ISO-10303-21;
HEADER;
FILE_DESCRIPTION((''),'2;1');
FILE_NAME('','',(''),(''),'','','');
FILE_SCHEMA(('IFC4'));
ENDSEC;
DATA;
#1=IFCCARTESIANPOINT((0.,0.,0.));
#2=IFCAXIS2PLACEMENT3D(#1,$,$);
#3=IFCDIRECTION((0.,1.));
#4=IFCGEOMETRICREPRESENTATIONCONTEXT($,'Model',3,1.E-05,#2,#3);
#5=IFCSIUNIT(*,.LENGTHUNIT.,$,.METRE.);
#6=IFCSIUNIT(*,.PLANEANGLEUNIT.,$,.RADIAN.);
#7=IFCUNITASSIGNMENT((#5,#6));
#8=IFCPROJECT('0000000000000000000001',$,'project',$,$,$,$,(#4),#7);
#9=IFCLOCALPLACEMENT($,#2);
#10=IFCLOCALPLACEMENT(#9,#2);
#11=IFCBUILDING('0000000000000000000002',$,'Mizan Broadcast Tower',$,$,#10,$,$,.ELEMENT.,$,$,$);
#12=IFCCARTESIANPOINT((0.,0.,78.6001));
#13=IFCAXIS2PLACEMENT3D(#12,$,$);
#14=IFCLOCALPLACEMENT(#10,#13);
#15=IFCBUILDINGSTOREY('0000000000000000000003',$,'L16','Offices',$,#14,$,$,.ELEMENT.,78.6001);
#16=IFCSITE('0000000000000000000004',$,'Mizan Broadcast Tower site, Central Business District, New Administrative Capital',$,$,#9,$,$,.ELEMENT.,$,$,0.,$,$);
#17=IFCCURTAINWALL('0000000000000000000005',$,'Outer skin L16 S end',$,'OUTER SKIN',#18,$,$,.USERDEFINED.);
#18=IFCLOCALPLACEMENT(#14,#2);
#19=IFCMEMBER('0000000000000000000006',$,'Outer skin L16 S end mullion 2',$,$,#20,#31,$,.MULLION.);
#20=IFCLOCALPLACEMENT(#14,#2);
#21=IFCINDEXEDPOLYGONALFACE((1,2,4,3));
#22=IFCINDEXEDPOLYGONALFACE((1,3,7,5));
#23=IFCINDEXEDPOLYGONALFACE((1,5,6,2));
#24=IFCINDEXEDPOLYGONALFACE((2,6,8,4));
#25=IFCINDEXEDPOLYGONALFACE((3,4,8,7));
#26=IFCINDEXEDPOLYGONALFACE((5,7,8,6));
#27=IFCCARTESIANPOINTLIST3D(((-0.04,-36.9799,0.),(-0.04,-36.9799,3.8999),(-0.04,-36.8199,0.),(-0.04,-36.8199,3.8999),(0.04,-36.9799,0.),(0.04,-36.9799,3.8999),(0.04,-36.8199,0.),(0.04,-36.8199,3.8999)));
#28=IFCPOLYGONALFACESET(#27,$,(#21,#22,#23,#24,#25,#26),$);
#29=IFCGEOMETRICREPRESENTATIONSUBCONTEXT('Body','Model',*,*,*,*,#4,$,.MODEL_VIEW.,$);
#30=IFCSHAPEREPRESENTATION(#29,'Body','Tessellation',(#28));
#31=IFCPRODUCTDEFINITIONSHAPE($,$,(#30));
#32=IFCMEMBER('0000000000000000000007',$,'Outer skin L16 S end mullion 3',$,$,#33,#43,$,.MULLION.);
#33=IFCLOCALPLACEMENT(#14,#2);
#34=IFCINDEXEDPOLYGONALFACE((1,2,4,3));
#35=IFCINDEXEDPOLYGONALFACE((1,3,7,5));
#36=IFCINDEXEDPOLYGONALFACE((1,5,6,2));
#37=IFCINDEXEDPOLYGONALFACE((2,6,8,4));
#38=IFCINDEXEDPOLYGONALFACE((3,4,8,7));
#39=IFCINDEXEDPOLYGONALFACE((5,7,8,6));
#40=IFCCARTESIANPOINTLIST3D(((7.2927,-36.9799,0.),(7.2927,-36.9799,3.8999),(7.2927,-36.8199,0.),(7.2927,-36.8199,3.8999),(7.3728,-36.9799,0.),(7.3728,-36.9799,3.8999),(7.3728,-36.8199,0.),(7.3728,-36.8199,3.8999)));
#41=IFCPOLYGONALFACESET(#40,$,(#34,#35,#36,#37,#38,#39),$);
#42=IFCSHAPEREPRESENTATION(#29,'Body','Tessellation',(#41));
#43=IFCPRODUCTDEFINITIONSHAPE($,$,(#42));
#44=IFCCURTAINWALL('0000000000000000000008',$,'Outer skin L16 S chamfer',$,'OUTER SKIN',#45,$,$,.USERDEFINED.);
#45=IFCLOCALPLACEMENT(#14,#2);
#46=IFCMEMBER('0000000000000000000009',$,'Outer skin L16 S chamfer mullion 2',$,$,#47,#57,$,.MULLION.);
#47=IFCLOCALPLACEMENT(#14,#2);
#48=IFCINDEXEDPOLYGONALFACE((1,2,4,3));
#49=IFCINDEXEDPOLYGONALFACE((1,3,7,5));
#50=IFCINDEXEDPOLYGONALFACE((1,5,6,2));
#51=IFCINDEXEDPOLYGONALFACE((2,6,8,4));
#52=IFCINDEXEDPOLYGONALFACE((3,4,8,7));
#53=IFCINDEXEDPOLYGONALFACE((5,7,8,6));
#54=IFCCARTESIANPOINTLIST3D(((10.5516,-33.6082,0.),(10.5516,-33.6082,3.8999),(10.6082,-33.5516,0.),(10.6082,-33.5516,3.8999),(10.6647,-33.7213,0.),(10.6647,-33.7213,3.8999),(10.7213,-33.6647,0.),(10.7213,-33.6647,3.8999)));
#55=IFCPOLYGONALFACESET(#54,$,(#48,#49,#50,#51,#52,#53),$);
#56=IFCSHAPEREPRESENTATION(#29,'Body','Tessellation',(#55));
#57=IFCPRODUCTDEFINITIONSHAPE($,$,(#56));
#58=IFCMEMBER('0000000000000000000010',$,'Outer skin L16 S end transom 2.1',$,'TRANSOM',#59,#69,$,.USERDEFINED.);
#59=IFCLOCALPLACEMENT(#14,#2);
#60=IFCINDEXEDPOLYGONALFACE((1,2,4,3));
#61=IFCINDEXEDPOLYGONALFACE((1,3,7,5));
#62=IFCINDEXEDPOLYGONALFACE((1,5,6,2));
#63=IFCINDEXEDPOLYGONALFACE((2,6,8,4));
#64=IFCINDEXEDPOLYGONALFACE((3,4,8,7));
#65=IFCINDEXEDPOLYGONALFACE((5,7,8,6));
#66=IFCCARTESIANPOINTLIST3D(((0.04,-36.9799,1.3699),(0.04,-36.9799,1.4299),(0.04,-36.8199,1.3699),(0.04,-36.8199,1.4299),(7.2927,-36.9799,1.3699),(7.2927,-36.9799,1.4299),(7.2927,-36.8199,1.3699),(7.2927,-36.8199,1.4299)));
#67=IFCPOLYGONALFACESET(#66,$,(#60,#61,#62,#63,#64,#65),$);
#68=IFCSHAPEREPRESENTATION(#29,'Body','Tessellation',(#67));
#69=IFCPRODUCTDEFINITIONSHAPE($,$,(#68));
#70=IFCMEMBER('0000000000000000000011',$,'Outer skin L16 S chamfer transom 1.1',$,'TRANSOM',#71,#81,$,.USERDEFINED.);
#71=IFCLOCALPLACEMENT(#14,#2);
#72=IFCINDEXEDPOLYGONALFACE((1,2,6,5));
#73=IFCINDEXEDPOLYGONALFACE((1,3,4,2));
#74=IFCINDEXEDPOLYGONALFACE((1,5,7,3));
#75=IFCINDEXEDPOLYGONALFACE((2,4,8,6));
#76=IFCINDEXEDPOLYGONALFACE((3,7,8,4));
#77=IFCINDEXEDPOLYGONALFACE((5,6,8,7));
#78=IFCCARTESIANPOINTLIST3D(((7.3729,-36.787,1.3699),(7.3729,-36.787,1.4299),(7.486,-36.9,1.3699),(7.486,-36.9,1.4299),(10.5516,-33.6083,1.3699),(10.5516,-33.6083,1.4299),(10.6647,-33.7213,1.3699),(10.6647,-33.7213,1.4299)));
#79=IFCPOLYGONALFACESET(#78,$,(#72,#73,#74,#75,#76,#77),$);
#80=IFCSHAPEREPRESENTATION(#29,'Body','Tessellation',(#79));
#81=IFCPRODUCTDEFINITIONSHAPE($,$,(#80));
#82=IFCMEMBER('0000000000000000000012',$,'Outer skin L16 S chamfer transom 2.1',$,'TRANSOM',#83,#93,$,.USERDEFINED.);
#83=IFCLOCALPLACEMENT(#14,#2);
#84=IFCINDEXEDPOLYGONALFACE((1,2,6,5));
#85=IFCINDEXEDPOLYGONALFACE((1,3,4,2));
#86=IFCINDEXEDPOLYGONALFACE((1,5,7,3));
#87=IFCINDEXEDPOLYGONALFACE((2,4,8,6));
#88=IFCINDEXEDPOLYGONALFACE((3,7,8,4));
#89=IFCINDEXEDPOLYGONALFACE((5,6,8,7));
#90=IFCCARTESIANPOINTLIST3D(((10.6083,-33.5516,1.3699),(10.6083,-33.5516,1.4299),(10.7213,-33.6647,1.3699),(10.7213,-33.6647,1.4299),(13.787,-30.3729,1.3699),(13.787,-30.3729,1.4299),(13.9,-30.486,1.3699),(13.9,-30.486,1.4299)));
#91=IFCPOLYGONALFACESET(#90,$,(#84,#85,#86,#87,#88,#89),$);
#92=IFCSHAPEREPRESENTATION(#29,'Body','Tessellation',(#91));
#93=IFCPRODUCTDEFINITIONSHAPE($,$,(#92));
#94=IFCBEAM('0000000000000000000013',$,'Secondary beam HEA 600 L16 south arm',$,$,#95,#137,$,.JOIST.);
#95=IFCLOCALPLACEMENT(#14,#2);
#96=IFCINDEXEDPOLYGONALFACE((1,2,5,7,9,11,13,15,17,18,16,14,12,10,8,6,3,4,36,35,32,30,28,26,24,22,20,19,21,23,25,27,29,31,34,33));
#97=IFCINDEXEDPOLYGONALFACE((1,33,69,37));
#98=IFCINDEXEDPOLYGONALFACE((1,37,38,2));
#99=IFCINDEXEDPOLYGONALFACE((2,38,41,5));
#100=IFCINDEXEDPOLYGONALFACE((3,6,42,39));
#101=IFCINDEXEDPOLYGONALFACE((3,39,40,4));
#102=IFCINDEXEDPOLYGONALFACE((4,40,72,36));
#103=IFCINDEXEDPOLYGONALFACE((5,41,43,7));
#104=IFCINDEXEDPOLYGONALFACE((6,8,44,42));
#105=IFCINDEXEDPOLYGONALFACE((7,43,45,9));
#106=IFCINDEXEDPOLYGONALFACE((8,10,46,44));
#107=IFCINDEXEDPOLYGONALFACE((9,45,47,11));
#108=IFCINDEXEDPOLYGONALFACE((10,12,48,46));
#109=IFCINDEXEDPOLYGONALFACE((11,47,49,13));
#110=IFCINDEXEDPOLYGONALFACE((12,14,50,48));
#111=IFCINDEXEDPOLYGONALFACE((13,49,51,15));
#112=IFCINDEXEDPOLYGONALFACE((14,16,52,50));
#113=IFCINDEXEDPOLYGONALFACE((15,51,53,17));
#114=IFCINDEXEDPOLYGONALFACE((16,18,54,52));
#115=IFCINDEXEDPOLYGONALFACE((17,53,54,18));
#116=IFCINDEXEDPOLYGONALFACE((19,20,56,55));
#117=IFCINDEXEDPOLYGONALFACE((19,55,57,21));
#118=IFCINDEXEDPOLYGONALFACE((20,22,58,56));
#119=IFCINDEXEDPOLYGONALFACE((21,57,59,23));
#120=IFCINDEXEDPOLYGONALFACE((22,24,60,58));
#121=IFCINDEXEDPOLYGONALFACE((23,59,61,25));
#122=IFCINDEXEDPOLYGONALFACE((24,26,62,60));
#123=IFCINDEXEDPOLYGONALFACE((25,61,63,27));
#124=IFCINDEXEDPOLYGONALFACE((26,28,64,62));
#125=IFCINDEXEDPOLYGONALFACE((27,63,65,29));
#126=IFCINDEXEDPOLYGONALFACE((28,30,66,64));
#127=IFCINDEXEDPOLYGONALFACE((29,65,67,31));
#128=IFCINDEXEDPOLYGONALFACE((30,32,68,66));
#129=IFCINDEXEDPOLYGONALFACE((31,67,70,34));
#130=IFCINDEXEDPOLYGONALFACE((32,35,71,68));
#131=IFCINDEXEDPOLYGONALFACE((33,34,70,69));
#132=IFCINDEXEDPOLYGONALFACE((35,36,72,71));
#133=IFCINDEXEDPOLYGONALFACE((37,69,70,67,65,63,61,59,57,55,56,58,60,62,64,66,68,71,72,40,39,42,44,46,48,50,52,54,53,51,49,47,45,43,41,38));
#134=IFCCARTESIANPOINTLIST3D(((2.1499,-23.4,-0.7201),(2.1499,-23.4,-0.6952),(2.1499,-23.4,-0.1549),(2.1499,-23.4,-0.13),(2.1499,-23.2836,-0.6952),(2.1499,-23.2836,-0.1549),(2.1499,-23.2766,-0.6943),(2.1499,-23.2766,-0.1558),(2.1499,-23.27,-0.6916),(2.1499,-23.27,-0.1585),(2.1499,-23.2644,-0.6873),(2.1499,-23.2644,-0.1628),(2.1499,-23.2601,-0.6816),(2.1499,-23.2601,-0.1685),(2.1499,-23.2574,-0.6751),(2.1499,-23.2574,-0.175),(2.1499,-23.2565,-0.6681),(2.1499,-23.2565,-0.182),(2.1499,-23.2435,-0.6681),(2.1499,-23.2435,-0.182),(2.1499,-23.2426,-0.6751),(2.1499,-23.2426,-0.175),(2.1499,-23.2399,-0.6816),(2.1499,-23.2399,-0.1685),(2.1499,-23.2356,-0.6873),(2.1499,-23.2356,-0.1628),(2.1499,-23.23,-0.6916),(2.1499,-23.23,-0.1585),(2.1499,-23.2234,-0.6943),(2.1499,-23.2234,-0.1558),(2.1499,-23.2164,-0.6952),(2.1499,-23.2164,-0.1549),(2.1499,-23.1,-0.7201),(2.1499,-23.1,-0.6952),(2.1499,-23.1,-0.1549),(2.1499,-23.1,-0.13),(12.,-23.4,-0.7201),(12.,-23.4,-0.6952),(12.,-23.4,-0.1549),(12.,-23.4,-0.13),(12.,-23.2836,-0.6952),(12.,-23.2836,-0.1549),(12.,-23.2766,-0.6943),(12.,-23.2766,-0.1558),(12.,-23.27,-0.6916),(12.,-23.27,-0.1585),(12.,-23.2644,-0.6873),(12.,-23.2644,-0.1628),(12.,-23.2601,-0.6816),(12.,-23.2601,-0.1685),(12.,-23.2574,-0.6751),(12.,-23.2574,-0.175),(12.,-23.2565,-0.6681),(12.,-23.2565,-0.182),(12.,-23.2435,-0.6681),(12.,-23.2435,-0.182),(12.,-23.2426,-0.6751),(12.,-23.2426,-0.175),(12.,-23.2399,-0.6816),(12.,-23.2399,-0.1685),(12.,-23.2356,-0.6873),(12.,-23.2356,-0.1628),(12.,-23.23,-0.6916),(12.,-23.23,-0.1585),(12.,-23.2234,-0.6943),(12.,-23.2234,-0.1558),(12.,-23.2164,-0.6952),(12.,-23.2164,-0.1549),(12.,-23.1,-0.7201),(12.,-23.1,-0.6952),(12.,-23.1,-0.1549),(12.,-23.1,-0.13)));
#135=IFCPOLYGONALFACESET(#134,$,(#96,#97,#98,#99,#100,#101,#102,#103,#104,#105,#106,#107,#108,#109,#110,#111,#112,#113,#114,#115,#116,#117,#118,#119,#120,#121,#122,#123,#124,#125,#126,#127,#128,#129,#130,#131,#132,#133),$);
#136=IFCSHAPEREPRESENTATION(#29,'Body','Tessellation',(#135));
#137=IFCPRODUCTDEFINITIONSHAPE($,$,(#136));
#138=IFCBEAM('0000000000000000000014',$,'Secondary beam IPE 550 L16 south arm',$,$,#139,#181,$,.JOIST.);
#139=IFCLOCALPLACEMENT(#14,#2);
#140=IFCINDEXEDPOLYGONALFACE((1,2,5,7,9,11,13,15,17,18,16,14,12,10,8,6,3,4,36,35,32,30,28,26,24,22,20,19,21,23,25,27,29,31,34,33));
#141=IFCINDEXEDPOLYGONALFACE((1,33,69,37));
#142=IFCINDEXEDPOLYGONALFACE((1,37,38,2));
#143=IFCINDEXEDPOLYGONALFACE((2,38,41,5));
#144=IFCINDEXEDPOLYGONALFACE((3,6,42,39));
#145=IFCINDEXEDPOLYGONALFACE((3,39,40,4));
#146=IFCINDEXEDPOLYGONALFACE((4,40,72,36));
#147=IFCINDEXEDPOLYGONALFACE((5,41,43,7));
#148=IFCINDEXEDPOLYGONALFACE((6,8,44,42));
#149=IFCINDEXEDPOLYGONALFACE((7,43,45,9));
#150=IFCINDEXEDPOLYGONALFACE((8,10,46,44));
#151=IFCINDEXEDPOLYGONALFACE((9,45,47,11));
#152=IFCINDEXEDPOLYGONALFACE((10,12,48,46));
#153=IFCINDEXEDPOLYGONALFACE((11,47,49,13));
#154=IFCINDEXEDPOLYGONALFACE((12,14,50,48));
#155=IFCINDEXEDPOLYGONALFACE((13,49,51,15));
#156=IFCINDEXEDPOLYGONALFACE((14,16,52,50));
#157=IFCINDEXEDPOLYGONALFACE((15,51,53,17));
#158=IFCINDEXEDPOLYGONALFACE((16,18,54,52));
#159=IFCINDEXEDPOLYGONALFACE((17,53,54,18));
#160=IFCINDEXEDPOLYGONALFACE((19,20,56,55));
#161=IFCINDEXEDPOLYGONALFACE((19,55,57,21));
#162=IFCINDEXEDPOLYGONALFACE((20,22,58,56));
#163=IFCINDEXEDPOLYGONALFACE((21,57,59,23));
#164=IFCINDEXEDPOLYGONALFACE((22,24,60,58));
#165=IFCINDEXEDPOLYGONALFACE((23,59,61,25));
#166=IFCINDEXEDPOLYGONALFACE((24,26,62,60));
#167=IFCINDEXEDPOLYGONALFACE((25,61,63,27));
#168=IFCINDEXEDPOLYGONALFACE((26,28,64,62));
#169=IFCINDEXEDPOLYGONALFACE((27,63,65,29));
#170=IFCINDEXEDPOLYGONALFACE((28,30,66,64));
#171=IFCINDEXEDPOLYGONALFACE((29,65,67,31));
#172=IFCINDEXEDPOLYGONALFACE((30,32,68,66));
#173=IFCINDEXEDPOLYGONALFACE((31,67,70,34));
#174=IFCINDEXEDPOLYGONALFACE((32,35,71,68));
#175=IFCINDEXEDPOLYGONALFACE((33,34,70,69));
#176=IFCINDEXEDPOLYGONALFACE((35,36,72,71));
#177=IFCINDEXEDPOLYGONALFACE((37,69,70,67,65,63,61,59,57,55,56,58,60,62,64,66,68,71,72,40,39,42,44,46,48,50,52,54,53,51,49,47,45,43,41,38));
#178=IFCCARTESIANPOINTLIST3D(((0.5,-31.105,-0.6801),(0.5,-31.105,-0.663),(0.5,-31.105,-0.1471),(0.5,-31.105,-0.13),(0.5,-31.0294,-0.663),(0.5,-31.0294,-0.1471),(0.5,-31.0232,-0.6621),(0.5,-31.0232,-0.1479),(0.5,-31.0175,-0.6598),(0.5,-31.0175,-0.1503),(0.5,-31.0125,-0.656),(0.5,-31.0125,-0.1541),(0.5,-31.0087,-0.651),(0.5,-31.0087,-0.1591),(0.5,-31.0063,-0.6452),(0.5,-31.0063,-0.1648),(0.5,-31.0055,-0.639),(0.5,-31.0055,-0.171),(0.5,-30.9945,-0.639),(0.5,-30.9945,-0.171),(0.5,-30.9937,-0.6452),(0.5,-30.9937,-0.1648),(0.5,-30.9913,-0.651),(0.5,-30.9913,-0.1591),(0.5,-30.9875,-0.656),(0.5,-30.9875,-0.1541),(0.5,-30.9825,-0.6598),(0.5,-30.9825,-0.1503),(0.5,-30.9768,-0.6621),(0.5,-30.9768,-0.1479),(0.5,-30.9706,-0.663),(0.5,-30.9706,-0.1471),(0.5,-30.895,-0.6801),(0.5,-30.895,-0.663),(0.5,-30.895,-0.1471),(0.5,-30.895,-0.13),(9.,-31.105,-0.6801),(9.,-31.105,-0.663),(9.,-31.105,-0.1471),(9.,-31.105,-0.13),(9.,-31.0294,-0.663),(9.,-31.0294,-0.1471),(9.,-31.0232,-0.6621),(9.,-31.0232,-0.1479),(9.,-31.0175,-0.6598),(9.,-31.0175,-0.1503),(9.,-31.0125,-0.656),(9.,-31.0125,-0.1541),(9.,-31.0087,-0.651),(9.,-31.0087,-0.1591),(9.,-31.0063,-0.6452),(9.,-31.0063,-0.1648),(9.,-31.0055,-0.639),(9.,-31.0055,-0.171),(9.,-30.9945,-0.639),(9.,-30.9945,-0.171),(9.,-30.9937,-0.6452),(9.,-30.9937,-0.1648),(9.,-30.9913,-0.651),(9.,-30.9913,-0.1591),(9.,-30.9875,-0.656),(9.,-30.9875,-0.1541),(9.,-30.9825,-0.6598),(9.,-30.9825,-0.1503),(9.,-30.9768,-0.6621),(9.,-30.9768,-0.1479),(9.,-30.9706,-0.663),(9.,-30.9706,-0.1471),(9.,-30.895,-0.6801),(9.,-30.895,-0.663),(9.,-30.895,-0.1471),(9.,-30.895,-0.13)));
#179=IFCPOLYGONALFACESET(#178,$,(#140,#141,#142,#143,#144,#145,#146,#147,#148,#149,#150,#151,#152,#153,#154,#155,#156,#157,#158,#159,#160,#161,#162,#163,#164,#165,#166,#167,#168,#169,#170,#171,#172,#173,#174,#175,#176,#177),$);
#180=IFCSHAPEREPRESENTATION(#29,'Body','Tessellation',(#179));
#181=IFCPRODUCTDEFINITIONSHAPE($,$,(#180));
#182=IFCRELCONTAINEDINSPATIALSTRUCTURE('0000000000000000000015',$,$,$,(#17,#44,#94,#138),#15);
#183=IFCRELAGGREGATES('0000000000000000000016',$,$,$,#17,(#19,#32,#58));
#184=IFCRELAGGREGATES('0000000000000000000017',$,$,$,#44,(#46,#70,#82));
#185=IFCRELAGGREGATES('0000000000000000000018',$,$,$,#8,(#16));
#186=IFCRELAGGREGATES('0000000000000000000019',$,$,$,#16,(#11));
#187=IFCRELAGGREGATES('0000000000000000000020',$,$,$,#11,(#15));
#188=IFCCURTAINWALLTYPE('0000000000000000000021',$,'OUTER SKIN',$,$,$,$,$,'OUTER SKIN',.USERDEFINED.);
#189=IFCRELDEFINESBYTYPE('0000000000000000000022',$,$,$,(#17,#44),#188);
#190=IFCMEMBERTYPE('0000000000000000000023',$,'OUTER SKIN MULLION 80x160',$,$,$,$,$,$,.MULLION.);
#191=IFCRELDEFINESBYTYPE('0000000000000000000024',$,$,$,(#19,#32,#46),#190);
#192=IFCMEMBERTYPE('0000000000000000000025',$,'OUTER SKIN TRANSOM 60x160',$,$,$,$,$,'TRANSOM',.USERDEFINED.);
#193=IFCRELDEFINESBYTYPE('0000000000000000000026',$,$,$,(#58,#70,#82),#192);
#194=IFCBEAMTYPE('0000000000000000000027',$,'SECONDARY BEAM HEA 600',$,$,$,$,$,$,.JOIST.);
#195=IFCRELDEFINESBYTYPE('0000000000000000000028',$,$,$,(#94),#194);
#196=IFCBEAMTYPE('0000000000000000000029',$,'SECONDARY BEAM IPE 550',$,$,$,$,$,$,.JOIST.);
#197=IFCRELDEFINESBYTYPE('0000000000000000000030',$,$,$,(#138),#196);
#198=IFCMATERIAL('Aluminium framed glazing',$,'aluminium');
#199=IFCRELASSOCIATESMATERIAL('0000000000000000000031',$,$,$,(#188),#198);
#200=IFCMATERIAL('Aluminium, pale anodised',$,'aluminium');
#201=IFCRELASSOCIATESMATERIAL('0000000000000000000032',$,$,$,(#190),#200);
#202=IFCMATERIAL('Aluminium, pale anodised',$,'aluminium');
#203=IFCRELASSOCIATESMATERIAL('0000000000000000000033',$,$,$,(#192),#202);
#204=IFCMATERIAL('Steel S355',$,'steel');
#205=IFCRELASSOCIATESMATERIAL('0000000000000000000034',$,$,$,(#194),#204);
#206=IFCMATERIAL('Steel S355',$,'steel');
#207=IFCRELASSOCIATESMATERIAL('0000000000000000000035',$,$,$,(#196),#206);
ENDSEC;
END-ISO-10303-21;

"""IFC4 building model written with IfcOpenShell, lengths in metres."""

from ifc_helpers import new_model, si_unit, direction, frame, origin, origin_2d, place, context, subcontext, project, spatial, rectangle, i_section, extrude, material, material_profile, profile_set, type_object, element, aggregate, save


model = new_model("IFC4")

# Units and contexts
model_context = context("Model", 3, precision=1e-05, world=origin(), true_north=direction((0.0, 1.0)))
body_context = subcontext(model_context, "Body", "Model", "MODEL_VIEW")
ifc_project = project(units=[si_unit("LENGTHUNIT", "METRE"), si_unit("PLANEANGLEUNIT", "RADIAN")], contexts=[model_context])

# Site, building, storey
site_placement = place(None, origin())
site = spatial("IfcSite", under=ifc_project, at=site_placement, Name="Mizan Broadcast Tower site, Central Business District, New Administrative Capital", CompositionType="ELEMENT", RefElevation=0.0)
building_placement = place(site_placement, origin())
building = spatial("IfcBuilding", under=site, at=building_placement, Name="Mizan Broadcast Tower", CompositionType="ELEMENT")
storey_placement = place(building_placement, frame((0.0, 0.0, 78.6001)))
storey = spatial("IfcBuildingStorey", under=building, at=storey_placement, Name="L16", Description="Offices", CompositionType="ELEMENT", Elevation=78.6001)

# Curtain wall, members
ifc_material_1 = material(Name="Aluminium framed glazing", Category="aluminium")
curtain_wall_type_1 = type_object("IfcCurtainWallType", Name="OUTER SKIN", ElementType="OUTER SKIN", PredefinedType="USERDEFINED", material=ifc_material_1)
curtain_wall_1_placement = place(storey_placement, origin())
curtain_wall_1 = element("IfcCurtainWall", 1, at=curtain_wall_1_placement, inside=storey, type_object=curtain_wall_type_1, Name="Outer skin L16 S end", ObjectType="OUTER SKIN", PredefinedType="USERDEFINED")
ifc_material_2 = material(Name="Aluminium, pale anodised", Category="aluminium")
ifc_material_profile_1 = material_profile(ifc_material_2, rectangle(XDim=0.1599, YDim=0.0801, at=origin_2d()), Name="MULLION 160x80")
ifc_profile_set_1 = profile_set([ifc_material_profile_1], Name="Aluminium, pale anodised")
member_type_1 = type_object("IfcMemberType", Name="OUTER SKIN MULLION 80x160", PredefinedType="MULLION", material=ifc_profile_set_1)
member_1_placement = place(storey_placement, frame((0.0, -36.8999, 0.0), z_axis=(0.0, 0.0, 1.0), x_axis=(0.0, 1.0, 0.0)))
member_1 = element("IfcMember", 2, at=member_1_placement, type_object=member_type_1, Name="Outer skin L16 S end mullion 2", PredefinedType="MULLION", context=body_context, shape_type="SweptSolid", body=[
    extrude(rectangle(XDim=0.1599, YDim=0.0801, at=origin_2d()), origin(), (0.0, 0.0, 1.0), 3.8999),
])
member_2_placement = place(storey_placement, frame((7.3328, -36.8999, 0.0), z_axis=(0.0, 0.0, 1.0), x_axis=(0.0, 1.0, 0.0)))
member_2 = element("IfcMember", 3, at=member_2_placement, type_object=member_type_1, Name="Outer skin L16 S end mullion 3", PredefinedType="MULLION", context=body_context, shape_type="SweptSolid", body=[
    extrude(rectangle(XDim=0.1599, YDim=0.0801, at=origin_2d()), origin(), (0.0, 0.0, 1.0), 3.8999),
])

# Curtain wall, member
curtain_wall_2_placement = place(storey_placement, origin())
curtain_wall_2 = element("IfcCurtainWall", 4, at=curtain_wall_2_placement, inside=storey, type_object=curtain_wall_type_1, Name="Outer skin L16 S chamfer", ObjectType="OUTER SKIN", PredefinedType="USERDEFINED")
member_3_placement = place(storey_placement, frame((10.6365, -33.6365, 0.0), z_axis=(0.0, 0.0, 1.0), x_axis=(-0.707107, 0.707107, 0.0)))
member_3 = element("IfcMember", 5, at=member_3_placement, type_object=member_type_1, Name="Outer skin L16 S chamfer mullion 2", PredefinedType="MULLION", context=body_context, shape_type="SweptSolid", body=[
    extrude(rectangle(XDim=0.1599, YDim=0.0801, at=origin_2d()), origin(), (0.0, 0.0, 1.0), 3.8999),
])

# Members
ifc_material_3 = material(Name="Aluminium, pale anodised", Category="aluminium")
ifc_material_profile_2 = material_profile(ifc_material_3, rectangle(XDim=0.1599, YDim=0.0601, at=origin_2d()), Name="TRANSOM 160x60")
ifc_profile_set_2 = profile_set([ifc_material_profile_2], Name="Aluminium, pale anodised")
member_type_2 = type_object("IfcMemberType", Name="OUTER SKIN TRANSOM 60x160", ElementType="TRANSOM", PredefinedType="USERDEFINED", material=ifc_profile_set_2)
member_4_placement = place(storey_placement, frame((0.04, -36.8999, 1.3999), z_axis=(1.0, 0.0, 0.0), x_axis=(0.0, 1.0, 0.0)))
member_4 = element("IfcMember", 6, at=member_4_placement, type_object=member_type_2, Name="Outer skin L16 S end transom 2.1", ObjectType="TRANSOM", PredefinedType="USERDEFINED", context=body_context, shape_type="SweptSolid", body=[
    extrude(rectangle(XDim=0.1599, YDim=0.0601, at=origin_2d()), origin(), (0.0, 0.0, 1.0), 7.2527),
])
member_5_placement = place(storey_placement, frame((7.4294, -36.8435, 1.3999), z_axis=(0.707107, 0.707107, 0.0), x_axis=(-0.707107, 0.707107, 0.0)))
member_5 = element("IfcMember", 7, at=member_5_placement, type_object=member_type_2, Name="Outer skin L16 S chamfer transom 1.1", ObjectType="TRANSOM", PredefinedType="USERDEFINED", context=body_context, shape_type="SweptSolid", body=[
    extrude(rectangle(XDim=0.1599, YDim=0.0601, at=origin_2d()), origin(), (0.0, 0.0, 1.0), 4.4954),
])
member_6_placement = place(storey_placement, frame((10.6648, -33.6082, 1.3999), z_axis=(0.707107, 0.707107, 0.0), x_axis=(-0.707107, 0.707107, 0.0)))
member_6 = element("IfcMember", 8, at=member_6_placement, type_object=member_type_2, Name="Outer skin L16 S chamfer transom 2.1", ObjectType="TRANSOM", PredefinedType="USERDEFINED", context=body_context, shape_type="SweptSolid", body=[
    extrude(rectangle(XDim=0.1599, YDim=0.0601, at=origin_2d()), origin(), (0.0, 0.0, 1.0), 4.4954),
])

# Beams
ifc_material_4 = material(Name="Steel S355", Category="steel")
ifc_material_profile_3 = material_profile(ifc_material_4, i_section(OverallWidth=0.3, OverallDepth=0.5901, WebThickness=0.0129, FlangeThickness=0.0249, FilletRadius=0.0271, at=origin_2d()), Name="HEA 600")
ifc_profile_set_3 = profile_set([ifc_material_profile_3], Name="Steel S355")
beam_type_1 = type_object("IfcBeamType", Name="SECONDARY BEAM HEA 600", PredefinedType="JOIST", material=ifc_profile_set_3)
beam_1_placement = place(storey_placement, frame((12.0, -23.25, -0.425), z_axis=(-1.0, 0.0, 0.0), x_axis=(0.0, -1.0, 0.0)))
element("IfcBeam", 9, at=beam_1_placement, inside=storey, type_object=beam_type_1, Name="Secondary beam HEA 600 L16 south arm", PredefinedType="JOIST", context=body_context, shape_type="SweptSolid", body=[
    extrude(i_section(OverallWidth=0.3, OverallDepth=0.5901, WebThickness=0.0129, FlangeThickness=0.0249, FilletRadius=0.0271, at=origin_2d()), origin(), (0.0, 0.0, 1.0), 9.8501),
])
ifc_material_5 = material(Name="Steel S355", Category="steel")
ifc_material_profile_4 = material_profile(ifc_material_5, i_section(OverallWidth=0.21, OverallDepth=0.55, WebThickness=0.011, FlangeThickness=0.0171, FilletRadius=0.0239, at=origin_2d()), Name="IPE 550")
ifc_profile_set_4 = profile_set([ifc_material_profile_4], Name="Steel S355")
beam_type_2 = type_object("IfcBeamType", Name="SECONDARY BEAM IPE 550", PredefinedType="JOIST", material=ifc_profile_set_4)
beam_2_placement = place(storey_placement, frame((9.0, -31.0, -0.405), z_axis=(-1.0, 0.0, 0.0), x_axis=(0.0, -1.0, 0.0)))
element("IfcBeam", 10, at=beam_2_placement, inside=storey, type_object=beam_type_2, Name="Secondary beam IPE 550 L16 south arm", PredefinedType="JOIST", context=body_context, shape_type="SweptSolid", body=[
    extrude(i_section(OverallWidth=0.21, OverallDepth=0.55, WebThickness=0.011, FlangeThickness=0.0171, FilletRadius=0.0239, at=origin_2d()), origin(), (0.0, 0.0, 1.0), 8.5),
])

aggregate(curtain_wall_1, [member_1, member_2, member_4])
aggregate(curtain_wall_2, [member_3, member_5, member_6])

save(model, "model.ifc")
